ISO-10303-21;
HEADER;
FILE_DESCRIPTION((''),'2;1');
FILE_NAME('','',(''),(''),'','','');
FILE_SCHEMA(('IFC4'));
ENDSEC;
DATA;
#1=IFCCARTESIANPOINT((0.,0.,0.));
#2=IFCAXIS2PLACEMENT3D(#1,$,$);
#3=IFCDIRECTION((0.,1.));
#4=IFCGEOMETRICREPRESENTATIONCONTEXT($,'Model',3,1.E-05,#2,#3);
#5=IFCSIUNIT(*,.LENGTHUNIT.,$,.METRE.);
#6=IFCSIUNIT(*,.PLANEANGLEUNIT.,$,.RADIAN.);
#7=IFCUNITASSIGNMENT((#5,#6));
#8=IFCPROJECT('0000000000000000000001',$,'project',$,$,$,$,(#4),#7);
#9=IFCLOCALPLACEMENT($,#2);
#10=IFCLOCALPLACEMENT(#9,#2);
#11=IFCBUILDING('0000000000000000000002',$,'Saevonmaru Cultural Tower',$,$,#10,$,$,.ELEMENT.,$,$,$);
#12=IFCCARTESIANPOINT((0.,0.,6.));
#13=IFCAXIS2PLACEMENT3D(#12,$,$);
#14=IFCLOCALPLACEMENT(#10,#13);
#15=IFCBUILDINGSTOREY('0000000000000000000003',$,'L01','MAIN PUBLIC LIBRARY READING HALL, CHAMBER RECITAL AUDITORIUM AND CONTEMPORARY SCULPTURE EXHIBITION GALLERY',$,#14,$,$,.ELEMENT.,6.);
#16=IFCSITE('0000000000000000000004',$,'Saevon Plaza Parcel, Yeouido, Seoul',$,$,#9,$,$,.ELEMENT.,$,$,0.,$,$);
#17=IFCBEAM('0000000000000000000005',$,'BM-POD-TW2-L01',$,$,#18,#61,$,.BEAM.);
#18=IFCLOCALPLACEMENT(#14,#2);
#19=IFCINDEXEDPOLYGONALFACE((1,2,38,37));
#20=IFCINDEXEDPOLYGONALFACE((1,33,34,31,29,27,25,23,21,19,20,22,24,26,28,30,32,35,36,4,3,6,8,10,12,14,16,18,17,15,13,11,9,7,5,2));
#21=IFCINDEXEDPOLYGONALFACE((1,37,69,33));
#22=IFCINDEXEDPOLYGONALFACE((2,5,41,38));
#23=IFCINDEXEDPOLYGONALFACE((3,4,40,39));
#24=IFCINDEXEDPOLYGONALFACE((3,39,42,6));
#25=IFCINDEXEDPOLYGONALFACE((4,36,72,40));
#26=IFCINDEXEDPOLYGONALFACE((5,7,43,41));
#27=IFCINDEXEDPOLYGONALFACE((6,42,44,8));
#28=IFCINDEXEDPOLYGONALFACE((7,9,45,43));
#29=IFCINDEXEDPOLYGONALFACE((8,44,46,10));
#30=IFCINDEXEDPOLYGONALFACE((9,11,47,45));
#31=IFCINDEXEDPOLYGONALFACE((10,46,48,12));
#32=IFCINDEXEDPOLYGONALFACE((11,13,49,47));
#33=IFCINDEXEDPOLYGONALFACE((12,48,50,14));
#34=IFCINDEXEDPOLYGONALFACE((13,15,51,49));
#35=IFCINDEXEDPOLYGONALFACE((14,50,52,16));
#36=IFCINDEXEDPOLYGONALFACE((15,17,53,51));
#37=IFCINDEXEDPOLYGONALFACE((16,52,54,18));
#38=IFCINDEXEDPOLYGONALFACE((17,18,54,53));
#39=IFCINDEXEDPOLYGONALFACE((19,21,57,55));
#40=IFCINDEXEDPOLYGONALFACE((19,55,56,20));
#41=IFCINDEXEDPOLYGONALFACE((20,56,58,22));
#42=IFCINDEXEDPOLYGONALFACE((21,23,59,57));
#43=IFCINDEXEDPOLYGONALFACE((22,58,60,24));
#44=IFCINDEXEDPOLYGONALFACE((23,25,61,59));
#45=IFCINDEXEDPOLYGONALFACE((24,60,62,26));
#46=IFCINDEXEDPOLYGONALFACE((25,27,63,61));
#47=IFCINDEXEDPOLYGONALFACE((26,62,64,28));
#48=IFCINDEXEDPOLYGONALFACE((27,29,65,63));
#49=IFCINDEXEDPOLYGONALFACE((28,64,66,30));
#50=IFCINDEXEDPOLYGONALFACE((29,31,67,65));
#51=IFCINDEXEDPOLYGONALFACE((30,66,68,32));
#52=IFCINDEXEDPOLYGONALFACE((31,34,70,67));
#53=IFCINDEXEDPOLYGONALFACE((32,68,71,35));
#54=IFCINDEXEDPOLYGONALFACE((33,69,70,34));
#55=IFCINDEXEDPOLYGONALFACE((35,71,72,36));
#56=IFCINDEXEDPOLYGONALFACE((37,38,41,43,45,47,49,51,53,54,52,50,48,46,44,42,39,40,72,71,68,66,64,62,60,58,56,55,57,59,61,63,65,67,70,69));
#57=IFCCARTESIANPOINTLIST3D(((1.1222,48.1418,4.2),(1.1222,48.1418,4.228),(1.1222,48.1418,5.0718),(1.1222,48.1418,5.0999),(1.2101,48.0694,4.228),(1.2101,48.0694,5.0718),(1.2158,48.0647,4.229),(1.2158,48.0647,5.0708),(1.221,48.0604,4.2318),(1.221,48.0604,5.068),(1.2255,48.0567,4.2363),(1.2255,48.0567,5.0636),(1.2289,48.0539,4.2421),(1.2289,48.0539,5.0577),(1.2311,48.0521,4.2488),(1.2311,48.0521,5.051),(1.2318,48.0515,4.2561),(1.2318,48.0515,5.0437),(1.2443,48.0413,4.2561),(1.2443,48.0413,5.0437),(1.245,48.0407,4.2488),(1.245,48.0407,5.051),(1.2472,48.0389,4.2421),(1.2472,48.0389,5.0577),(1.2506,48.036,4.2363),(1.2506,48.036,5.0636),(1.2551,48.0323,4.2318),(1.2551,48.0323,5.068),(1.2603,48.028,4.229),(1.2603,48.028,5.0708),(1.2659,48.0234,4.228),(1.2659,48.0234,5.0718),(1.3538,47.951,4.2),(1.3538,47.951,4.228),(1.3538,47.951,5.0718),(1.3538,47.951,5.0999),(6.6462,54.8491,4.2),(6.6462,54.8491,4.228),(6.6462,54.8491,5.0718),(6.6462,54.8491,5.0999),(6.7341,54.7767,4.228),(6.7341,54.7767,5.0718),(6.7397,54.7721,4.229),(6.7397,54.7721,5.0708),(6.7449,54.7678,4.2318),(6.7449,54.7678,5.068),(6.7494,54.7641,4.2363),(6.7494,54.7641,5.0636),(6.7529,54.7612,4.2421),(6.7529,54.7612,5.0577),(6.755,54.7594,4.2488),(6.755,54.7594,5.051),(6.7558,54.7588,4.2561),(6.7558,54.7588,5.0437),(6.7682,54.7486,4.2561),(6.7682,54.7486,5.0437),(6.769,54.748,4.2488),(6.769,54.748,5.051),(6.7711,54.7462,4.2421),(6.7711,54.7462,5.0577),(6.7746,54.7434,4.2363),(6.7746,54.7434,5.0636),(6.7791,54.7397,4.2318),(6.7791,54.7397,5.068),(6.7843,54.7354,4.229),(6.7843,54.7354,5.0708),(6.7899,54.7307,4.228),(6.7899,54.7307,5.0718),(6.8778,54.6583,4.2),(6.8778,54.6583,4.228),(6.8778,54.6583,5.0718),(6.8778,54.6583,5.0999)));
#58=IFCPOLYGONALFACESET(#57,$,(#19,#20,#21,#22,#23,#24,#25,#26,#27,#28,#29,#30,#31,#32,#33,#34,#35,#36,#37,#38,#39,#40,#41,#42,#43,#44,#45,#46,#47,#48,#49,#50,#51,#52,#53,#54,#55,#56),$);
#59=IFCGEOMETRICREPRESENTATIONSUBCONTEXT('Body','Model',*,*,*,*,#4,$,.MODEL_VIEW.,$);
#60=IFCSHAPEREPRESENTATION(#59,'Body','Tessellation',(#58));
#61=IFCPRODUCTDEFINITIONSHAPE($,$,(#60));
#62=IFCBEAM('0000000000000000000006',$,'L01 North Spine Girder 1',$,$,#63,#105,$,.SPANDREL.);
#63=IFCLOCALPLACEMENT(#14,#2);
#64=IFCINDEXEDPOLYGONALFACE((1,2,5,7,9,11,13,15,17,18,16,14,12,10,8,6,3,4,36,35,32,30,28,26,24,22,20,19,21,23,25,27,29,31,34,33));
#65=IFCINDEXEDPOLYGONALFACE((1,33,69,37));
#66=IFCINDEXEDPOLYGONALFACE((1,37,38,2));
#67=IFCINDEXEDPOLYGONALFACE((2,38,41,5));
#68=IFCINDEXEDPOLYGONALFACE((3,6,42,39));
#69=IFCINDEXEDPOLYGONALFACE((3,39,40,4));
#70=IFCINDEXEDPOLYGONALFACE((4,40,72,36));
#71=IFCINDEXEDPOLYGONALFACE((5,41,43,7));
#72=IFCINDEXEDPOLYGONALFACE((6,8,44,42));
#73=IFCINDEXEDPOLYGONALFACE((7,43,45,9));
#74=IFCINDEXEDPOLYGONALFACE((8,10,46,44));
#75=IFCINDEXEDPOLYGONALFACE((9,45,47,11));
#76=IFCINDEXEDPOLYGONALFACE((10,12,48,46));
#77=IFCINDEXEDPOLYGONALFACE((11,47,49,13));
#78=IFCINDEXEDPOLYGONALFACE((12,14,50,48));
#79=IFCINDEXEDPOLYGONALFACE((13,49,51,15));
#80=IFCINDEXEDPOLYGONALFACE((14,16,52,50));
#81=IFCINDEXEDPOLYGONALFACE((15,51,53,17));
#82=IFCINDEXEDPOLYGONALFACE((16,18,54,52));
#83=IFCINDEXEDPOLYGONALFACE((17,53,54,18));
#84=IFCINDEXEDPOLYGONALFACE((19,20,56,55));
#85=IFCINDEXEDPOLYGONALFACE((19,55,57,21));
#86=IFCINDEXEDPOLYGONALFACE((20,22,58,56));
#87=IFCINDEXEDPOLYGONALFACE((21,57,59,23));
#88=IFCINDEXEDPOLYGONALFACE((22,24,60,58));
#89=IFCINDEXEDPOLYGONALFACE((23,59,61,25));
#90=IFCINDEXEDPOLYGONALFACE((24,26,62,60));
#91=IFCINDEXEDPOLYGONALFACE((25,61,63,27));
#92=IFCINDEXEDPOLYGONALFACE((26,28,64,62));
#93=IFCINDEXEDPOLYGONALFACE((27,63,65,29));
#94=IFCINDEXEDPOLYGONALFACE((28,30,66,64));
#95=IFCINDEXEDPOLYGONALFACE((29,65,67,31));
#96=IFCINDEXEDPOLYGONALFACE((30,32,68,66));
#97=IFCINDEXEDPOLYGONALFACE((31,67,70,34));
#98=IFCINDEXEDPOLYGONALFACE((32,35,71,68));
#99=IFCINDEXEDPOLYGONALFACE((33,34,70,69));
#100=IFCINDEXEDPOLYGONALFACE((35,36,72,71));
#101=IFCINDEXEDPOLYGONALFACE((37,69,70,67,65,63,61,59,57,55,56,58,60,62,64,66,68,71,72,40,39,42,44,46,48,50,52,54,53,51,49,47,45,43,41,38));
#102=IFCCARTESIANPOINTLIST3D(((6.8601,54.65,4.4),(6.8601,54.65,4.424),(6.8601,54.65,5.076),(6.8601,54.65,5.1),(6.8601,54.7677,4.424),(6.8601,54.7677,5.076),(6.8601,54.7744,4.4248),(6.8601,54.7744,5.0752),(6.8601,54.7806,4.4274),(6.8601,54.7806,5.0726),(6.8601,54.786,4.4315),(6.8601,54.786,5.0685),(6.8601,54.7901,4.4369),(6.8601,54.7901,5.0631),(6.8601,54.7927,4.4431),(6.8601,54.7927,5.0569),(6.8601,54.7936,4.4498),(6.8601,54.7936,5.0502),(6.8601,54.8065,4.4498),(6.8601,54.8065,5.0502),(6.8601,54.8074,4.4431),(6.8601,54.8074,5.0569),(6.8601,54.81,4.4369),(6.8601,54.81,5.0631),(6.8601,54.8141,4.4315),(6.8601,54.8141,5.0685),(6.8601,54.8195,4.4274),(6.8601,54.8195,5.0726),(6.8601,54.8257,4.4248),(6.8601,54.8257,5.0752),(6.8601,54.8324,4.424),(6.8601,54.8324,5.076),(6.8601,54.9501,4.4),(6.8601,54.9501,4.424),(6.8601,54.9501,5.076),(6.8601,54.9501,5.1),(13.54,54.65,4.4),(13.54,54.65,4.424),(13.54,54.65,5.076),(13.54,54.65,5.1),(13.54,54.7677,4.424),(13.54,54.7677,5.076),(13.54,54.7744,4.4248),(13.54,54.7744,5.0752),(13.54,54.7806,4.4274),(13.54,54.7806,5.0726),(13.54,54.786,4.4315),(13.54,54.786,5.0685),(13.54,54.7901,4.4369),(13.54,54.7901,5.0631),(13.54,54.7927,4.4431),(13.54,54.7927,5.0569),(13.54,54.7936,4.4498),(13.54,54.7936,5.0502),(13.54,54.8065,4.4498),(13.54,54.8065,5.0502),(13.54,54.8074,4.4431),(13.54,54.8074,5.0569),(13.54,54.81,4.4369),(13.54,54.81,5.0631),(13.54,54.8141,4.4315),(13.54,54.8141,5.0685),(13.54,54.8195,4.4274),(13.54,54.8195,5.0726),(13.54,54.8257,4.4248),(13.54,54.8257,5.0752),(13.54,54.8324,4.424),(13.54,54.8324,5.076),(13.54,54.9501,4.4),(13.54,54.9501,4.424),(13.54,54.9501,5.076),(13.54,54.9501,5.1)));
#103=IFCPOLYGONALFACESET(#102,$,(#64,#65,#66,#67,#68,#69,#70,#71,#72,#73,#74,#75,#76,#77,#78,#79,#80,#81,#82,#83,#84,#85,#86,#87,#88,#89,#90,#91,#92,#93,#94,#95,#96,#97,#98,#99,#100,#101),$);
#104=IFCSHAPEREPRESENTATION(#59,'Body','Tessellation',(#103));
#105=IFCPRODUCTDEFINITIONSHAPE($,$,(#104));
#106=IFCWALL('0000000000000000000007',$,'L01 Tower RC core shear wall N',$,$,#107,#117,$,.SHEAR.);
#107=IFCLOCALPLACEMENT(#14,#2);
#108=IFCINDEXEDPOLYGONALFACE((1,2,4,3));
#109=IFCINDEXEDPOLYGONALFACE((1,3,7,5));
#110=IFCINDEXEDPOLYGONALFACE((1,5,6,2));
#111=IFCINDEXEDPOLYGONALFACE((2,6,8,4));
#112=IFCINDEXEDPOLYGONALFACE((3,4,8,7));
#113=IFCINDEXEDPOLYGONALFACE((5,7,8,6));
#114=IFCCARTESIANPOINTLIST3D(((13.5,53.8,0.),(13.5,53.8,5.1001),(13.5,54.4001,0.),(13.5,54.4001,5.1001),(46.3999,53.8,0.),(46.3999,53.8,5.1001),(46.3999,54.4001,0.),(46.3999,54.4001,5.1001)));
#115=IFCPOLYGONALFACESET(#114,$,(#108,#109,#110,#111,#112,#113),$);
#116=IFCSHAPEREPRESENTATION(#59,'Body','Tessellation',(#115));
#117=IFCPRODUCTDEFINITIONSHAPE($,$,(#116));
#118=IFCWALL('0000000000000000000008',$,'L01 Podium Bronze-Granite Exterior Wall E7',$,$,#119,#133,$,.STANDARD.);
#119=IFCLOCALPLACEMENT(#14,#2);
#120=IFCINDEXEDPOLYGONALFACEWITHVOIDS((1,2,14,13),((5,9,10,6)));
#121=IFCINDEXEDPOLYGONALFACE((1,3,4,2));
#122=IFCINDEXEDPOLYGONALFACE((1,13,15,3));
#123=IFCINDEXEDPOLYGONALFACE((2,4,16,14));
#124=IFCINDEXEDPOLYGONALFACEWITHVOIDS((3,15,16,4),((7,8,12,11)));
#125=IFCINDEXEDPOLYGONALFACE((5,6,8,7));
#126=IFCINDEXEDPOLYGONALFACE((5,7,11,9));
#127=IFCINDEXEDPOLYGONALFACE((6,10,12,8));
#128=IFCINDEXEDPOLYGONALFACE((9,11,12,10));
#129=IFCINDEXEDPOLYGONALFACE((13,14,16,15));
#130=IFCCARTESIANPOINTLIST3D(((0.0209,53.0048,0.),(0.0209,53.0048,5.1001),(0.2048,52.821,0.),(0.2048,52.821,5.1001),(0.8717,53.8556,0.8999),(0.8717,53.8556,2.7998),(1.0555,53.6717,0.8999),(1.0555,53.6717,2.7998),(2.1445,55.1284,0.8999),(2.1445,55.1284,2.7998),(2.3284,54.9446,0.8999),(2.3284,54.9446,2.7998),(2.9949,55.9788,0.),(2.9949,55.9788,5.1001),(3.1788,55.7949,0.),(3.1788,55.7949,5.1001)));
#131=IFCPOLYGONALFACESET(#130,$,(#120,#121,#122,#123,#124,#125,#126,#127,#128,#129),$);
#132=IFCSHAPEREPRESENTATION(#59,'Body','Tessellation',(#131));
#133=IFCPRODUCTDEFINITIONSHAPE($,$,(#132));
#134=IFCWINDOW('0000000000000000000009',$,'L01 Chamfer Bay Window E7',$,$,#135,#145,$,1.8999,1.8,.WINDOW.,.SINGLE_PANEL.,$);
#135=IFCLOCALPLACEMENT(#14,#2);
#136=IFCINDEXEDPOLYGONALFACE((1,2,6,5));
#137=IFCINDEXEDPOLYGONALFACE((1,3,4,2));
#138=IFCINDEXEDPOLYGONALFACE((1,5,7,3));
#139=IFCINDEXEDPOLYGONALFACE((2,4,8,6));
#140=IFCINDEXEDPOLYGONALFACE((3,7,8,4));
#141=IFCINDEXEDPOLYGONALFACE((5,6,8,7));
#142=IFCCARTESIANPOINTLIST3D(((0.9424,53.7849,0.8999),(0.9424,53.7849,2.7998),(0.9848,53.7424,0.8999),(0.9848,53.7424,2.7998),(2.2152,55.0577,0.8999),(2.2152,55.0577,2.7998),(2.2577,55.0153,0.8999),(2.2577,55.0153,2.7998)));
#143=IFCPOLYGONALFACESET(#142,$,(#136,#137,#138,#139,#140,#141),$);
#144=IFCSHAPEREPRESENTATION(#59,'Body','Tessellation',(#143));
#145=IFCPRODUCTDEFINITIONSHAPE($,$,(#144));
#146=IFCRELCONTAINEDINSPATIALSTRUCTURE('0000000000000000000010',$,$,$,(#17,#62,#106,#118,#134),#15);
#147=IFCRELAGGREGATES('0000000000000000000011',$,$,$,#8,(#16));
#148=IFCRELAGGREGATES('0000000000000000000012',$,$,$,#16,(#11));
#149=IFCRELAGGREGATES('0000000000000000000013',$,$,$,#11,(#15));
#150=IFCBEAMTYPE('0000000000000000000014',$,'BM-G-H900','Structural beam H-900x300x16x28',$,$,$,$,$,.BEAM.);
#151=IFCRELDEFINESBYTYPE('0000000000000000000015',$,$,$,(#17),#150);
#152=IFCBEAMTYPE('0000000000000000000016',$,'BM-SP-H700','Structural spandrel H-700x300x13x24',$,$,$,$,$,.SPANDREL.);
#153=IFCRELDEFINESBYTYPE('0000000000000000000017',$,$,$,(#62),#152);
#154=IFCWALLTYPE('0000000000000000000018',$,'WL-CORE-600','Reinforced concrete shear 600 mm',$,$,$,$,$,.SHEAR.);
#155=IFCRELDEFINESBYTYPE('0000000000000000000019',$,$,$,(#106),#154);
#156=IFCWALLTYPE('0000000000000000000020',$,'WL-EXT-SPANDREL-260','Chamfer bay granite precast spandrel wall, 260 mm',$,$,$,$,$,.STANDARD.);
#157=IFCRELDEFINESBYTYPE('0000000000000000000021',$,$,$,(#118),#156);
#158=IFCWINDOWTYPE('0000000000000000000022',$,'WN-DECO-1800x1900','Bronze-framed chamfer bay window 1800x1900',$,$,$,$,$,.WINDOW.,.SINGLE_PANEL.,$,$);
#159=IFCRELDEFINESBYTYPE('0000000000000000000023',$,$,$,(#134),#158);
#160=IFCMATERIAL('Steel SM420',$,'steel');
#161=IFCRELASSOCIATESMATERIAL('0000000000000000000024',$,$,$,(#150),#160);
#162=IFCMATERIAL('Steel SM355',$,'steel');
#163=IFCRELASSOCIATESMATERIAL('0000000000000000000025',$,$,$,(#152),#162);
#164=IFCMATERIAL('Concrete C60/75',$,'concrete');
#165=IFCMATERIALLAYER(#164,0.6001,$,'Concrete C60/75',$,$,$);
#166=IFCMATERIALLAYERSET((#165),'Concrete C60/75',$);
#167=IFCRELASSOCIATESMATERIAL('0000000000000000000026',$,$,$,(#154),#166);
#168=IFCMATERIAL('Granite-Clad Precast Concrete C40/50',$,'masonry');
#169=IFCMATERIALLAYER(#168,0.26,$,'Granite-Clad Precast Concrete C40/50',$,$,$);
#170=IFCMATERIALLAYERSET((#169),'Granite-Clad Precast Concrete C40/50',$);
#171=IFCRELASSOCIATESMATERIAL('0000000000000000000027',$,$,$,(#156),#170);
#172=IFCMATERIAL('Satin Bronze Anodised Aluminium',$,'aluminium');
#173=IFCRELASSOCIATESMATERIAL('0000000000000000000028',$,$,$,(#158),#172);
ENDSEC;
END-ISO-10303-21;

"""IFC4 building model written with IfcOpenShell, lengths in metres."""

from ifc_helpers import new_model, si_unit, direction, frame, frame_2d, origin, origin_2d, place, context, subcontext, project, spatial, rectangle, i_section, extrude, material, layer, layer_set, material_profile, profile_set, type_object, element, fill, save


model = new_model("IFC4")

# Units and contexts
model_context = context("Model", 3, precision=1e-05, world=origin(), true_north=direction((0.0, 1.0)))
body_context = subcontext(model_context, "Body", "Model", "MODEL_VIEW")
ifc_project = project(units=[si_unit("LENGTHUNIT", "METRE"), si_unit("PLANEANGLEUNIT", "RADIAN")], contexts=[model_context])

# Site, building, storey
site_placement = place(None, origin())
site = spatial("IfcSite", under=ifc_project, at=site_placement, Name="Saevon Plaza Parcel, Yeouido, Seoul", CompositionType="ELEMENT", RefElevation=0.0)
building_placement = place(site_placement, origin())
building = spatial("IfcBuilding", under=site, at=building_placement, Name="Saevonmaru Cultural Tower", CompositionType="ELEMENT")
storey_placement = place(building_placement, frame((0.0, 0.0, 6.0)))
storey = spatial("IfcBuildingStorey", under=building, at=storey_placement, Name="L01", Description="MAIN PUBLIC LIBRARY READING HALL, CHAMBER RECITAL AUDITORIUM AND CONTEMPORARY SCULPTURE EXHIBITION GALLERY", CompositionType="ELEMENT", Elevation=6.0)

# Shared definitions
ifc_material_1 = material(Name="Steel SM420", Category="steel")
ifc_material_2 = material(Name="Steel SM355", Category="steel")

# Beams
ifc_material_profile_1 = material_profile(ifc_material_1, i_section(OverallWidth=0.3, OverallDepth=0.8999, WebThickness=0.0161, FlangeThickness=0.0281, FilletRadius=0.0281, at=origin_2d()), Name="H-900x300x16x28")
ifc_profile_set_1 = profile_set([ifc_material_profile_1], Name="Steel SM420")
beam_type_1 = type_object("IfcBeamType", Name="BM-G-H900", Description="Structural beam H-900x300x16x28", PredefinedType="BEAM", material=ifc_profile_set_1)
beam_1_placement = place(storey_placement, frame((1.238, 48.0464, 4.6499), z_axis=(0.635727, 0.771914, 0.0), x_axis=(-0.771914, 0.635727, 0.0)))
element("IfcBeam", 1, at=beam_1_placement, inside=storey, type_object=beam_type_1, Name="BM-POD-TW2-L01", PredefinedType="BEAM", context=body_context, shape_type="SweptSolid", body=[
    extrude(i_section(OverallWidth=0.3, OverallDepth=0.8999, WebThickness=0.0161, FlangeThickness=0.0281, FilletRadius=0.0281, at=origin_2d()), origin(), (0.0, 0.0, 1.0), 8.6892),
])
ifc_material_profile_2 = material_profile(ifc_material_2, i_section(OverallWidth=0.3, OverallDepth=0.7, WebThickness=0.0129, FlangeThickness=0.0239, FilletRadius=0.0259, at=origin_2d()), Name="H-700x300x13x24")
ifc_profile_set_2 = profile_set([ifc_material_profile_2], Name="Steel SM355")
beam_type_2 = type_object("IfcBeamType", Name="BM-SP-H700", Description="Structural spandrel H-700x300x13x24", PredefinedType="SPANDREL", material=ifc_profile_set_2)
beam_2_placement = place(storey_placement, frame((6.8601, 54.8, 4.75), z_axis=(1.0, 0.0, 0.0), x_axis=(0.0, 1.0, 0.0)))
element("IfcBeam", 2, at=beam_2_placement, inside=storey, type_object=beam_type_2, Name="L01 North Spine Girder 1", PredefinedType="SPANDREL", context=body_context, shape_type="SweptSolid", body=[
    extrude(i_section(OverallWidth=0.3, OverallDepth=0.7, WebThickness=0.0129, FlangeThickness=0.0239, FilletRadius=0.0259, at=origin_2d()), origin(), (0.0, 0.0, 1.0), 6.6799),
])

# Wall
ifc_material_3 = material(Name="Concrete C60/75", Category="concrete")
ifc_layer_1 = layer(ifc_material_3, 0.6001, Name="Concrete C60/75")
ifc_layer_set_1 = layer_set([ifc_layer_1], Name="Concrete C60/75")
wall_type_1 = type_object("IfcWallType", Name="WL-CORE-600", Description="Reinforced concrete shear 600 mm", PredefinedType="SHEAR", material=ifc_layer_set_1)
wall_1_placement = place(storey_placement, frame((13.5, 54.1001, 0.0), z_axis=(0.0, 0.0, 1.0), x_axis=(1.0, 0.0, 0.0)))
element("IfcWall", 3, at=wall_1_placement, inside=storey, type_object=wall_type_1, Name="L01 Tower RC core shear wall N", PredefinedType="SHEAR", context=body_context, shape_type="SweptSolid", body=[
    extrude(rectangle(XDim=32.8999, YDim=0.6001, at=frame_2d((16.45, 0.0))), origin(), (0.0, 0.0, 1.0), 5.1001),
])

# Wall, opening, window
ifc_material_4 = material(Name="Granite-Clad Precast Concrete C40/50", Category="masonry")
ifc_layer_2 = layer(ifc_material_4, 0.26, Name="Granite-Clad Precast Concrete C40/50")
ifc_layer_set_2 = layer_set([ifc_layer_2], Name="Granite-Clad Precast Concrete C40/50")
wall_type_2 = type_object("IfcWallType", Name="WL-EXT-SPANDREL-260", Description="Chamfer bay granite precast spandrel wall, 260 mm", PredefinedType="STANDARD", material=ifc_layer_set_2)
wall_2_placement = place(storey_placement, frame((3.0869, 55.887, 0.0), z_axis=(0.0, 0.0, 1.0), x_axis=(-0.707107, -0.707107, 0.0)))
wall_2 = element("IfcWall", 4, at=wall_2_placement, inside=storey, type_object=wall_type_2, Name="L01 Podium Bronze-Granite Exterior Wall E7", PredefinedType="STANDARD", context=body_context, shape_type="SweptSolid", body=[
    extrude(rectangle(XDim=4.2058, YDim=0.26, at=frame_2d((2.103, 0.0))), origin(), (0.0, 0.0, 1.0), 5.1001),
])
opening_1_placement = place(wall_2_placement, frame((1.2029, 0.0, 0.8999)))
opening_1 = element("IfcOpeningElement", 5, at=opening_1_placement, cuts=wall_2, PredefinedType="OPENING", context=body_context, shape_type="SweptSolid", body=[
    extrude(rectangle(XDim=1.8, YDim=1.8999, at=frame_2d((0.8999, 0.95))), frame((0.0, 0.1401, 0.0), z_axis=(0.0, -1.0, 0.0), x_axis=(1.0, 0.0, 0.0)), (0.0, 0.0, 1.0), 0.28),
])
ifc_material_5 = material(Name="Satin Bronze Anodised Aluminium", Category="aluminium")
window_type_1 = type_object("IfcWindowType", Name="WN-DECO-1800x1900", Description="Bronze-framed chamfer bay window 1800x1900", PartitioningType="SINGLE_PANEL", PredefinedType="WINDOW", material=ifc_material_5)
window_1_placement = place(opening_1_placement, origin())
window_1 = element("IfcWindow", 6, at=window_1_placement, inside=storey, type_object=window_type_1, Name="L01 Chamfer Bay Window E7", OverallHeight=1.8999, OverallWidth=1.8, PartitioningType="SINGLE_PANEL", PredefinedType="WINDOW", context=body_context, shape_type="SweptSolid", body=[
    extrude(rectangle(XDim=1.8, YDim=1.8999, at=frame_2d((0.8999, 0.95))), frame((0.0, 0.03, 0.0), z_axis=(0.0, -1.0, 0.0), x_axis=(1.0, 0.0, 0.0)), (0.0, 0.0, 1.0), 0.0601),
])
fill(opening_1, window_1)

save(model, "model.ifc")
